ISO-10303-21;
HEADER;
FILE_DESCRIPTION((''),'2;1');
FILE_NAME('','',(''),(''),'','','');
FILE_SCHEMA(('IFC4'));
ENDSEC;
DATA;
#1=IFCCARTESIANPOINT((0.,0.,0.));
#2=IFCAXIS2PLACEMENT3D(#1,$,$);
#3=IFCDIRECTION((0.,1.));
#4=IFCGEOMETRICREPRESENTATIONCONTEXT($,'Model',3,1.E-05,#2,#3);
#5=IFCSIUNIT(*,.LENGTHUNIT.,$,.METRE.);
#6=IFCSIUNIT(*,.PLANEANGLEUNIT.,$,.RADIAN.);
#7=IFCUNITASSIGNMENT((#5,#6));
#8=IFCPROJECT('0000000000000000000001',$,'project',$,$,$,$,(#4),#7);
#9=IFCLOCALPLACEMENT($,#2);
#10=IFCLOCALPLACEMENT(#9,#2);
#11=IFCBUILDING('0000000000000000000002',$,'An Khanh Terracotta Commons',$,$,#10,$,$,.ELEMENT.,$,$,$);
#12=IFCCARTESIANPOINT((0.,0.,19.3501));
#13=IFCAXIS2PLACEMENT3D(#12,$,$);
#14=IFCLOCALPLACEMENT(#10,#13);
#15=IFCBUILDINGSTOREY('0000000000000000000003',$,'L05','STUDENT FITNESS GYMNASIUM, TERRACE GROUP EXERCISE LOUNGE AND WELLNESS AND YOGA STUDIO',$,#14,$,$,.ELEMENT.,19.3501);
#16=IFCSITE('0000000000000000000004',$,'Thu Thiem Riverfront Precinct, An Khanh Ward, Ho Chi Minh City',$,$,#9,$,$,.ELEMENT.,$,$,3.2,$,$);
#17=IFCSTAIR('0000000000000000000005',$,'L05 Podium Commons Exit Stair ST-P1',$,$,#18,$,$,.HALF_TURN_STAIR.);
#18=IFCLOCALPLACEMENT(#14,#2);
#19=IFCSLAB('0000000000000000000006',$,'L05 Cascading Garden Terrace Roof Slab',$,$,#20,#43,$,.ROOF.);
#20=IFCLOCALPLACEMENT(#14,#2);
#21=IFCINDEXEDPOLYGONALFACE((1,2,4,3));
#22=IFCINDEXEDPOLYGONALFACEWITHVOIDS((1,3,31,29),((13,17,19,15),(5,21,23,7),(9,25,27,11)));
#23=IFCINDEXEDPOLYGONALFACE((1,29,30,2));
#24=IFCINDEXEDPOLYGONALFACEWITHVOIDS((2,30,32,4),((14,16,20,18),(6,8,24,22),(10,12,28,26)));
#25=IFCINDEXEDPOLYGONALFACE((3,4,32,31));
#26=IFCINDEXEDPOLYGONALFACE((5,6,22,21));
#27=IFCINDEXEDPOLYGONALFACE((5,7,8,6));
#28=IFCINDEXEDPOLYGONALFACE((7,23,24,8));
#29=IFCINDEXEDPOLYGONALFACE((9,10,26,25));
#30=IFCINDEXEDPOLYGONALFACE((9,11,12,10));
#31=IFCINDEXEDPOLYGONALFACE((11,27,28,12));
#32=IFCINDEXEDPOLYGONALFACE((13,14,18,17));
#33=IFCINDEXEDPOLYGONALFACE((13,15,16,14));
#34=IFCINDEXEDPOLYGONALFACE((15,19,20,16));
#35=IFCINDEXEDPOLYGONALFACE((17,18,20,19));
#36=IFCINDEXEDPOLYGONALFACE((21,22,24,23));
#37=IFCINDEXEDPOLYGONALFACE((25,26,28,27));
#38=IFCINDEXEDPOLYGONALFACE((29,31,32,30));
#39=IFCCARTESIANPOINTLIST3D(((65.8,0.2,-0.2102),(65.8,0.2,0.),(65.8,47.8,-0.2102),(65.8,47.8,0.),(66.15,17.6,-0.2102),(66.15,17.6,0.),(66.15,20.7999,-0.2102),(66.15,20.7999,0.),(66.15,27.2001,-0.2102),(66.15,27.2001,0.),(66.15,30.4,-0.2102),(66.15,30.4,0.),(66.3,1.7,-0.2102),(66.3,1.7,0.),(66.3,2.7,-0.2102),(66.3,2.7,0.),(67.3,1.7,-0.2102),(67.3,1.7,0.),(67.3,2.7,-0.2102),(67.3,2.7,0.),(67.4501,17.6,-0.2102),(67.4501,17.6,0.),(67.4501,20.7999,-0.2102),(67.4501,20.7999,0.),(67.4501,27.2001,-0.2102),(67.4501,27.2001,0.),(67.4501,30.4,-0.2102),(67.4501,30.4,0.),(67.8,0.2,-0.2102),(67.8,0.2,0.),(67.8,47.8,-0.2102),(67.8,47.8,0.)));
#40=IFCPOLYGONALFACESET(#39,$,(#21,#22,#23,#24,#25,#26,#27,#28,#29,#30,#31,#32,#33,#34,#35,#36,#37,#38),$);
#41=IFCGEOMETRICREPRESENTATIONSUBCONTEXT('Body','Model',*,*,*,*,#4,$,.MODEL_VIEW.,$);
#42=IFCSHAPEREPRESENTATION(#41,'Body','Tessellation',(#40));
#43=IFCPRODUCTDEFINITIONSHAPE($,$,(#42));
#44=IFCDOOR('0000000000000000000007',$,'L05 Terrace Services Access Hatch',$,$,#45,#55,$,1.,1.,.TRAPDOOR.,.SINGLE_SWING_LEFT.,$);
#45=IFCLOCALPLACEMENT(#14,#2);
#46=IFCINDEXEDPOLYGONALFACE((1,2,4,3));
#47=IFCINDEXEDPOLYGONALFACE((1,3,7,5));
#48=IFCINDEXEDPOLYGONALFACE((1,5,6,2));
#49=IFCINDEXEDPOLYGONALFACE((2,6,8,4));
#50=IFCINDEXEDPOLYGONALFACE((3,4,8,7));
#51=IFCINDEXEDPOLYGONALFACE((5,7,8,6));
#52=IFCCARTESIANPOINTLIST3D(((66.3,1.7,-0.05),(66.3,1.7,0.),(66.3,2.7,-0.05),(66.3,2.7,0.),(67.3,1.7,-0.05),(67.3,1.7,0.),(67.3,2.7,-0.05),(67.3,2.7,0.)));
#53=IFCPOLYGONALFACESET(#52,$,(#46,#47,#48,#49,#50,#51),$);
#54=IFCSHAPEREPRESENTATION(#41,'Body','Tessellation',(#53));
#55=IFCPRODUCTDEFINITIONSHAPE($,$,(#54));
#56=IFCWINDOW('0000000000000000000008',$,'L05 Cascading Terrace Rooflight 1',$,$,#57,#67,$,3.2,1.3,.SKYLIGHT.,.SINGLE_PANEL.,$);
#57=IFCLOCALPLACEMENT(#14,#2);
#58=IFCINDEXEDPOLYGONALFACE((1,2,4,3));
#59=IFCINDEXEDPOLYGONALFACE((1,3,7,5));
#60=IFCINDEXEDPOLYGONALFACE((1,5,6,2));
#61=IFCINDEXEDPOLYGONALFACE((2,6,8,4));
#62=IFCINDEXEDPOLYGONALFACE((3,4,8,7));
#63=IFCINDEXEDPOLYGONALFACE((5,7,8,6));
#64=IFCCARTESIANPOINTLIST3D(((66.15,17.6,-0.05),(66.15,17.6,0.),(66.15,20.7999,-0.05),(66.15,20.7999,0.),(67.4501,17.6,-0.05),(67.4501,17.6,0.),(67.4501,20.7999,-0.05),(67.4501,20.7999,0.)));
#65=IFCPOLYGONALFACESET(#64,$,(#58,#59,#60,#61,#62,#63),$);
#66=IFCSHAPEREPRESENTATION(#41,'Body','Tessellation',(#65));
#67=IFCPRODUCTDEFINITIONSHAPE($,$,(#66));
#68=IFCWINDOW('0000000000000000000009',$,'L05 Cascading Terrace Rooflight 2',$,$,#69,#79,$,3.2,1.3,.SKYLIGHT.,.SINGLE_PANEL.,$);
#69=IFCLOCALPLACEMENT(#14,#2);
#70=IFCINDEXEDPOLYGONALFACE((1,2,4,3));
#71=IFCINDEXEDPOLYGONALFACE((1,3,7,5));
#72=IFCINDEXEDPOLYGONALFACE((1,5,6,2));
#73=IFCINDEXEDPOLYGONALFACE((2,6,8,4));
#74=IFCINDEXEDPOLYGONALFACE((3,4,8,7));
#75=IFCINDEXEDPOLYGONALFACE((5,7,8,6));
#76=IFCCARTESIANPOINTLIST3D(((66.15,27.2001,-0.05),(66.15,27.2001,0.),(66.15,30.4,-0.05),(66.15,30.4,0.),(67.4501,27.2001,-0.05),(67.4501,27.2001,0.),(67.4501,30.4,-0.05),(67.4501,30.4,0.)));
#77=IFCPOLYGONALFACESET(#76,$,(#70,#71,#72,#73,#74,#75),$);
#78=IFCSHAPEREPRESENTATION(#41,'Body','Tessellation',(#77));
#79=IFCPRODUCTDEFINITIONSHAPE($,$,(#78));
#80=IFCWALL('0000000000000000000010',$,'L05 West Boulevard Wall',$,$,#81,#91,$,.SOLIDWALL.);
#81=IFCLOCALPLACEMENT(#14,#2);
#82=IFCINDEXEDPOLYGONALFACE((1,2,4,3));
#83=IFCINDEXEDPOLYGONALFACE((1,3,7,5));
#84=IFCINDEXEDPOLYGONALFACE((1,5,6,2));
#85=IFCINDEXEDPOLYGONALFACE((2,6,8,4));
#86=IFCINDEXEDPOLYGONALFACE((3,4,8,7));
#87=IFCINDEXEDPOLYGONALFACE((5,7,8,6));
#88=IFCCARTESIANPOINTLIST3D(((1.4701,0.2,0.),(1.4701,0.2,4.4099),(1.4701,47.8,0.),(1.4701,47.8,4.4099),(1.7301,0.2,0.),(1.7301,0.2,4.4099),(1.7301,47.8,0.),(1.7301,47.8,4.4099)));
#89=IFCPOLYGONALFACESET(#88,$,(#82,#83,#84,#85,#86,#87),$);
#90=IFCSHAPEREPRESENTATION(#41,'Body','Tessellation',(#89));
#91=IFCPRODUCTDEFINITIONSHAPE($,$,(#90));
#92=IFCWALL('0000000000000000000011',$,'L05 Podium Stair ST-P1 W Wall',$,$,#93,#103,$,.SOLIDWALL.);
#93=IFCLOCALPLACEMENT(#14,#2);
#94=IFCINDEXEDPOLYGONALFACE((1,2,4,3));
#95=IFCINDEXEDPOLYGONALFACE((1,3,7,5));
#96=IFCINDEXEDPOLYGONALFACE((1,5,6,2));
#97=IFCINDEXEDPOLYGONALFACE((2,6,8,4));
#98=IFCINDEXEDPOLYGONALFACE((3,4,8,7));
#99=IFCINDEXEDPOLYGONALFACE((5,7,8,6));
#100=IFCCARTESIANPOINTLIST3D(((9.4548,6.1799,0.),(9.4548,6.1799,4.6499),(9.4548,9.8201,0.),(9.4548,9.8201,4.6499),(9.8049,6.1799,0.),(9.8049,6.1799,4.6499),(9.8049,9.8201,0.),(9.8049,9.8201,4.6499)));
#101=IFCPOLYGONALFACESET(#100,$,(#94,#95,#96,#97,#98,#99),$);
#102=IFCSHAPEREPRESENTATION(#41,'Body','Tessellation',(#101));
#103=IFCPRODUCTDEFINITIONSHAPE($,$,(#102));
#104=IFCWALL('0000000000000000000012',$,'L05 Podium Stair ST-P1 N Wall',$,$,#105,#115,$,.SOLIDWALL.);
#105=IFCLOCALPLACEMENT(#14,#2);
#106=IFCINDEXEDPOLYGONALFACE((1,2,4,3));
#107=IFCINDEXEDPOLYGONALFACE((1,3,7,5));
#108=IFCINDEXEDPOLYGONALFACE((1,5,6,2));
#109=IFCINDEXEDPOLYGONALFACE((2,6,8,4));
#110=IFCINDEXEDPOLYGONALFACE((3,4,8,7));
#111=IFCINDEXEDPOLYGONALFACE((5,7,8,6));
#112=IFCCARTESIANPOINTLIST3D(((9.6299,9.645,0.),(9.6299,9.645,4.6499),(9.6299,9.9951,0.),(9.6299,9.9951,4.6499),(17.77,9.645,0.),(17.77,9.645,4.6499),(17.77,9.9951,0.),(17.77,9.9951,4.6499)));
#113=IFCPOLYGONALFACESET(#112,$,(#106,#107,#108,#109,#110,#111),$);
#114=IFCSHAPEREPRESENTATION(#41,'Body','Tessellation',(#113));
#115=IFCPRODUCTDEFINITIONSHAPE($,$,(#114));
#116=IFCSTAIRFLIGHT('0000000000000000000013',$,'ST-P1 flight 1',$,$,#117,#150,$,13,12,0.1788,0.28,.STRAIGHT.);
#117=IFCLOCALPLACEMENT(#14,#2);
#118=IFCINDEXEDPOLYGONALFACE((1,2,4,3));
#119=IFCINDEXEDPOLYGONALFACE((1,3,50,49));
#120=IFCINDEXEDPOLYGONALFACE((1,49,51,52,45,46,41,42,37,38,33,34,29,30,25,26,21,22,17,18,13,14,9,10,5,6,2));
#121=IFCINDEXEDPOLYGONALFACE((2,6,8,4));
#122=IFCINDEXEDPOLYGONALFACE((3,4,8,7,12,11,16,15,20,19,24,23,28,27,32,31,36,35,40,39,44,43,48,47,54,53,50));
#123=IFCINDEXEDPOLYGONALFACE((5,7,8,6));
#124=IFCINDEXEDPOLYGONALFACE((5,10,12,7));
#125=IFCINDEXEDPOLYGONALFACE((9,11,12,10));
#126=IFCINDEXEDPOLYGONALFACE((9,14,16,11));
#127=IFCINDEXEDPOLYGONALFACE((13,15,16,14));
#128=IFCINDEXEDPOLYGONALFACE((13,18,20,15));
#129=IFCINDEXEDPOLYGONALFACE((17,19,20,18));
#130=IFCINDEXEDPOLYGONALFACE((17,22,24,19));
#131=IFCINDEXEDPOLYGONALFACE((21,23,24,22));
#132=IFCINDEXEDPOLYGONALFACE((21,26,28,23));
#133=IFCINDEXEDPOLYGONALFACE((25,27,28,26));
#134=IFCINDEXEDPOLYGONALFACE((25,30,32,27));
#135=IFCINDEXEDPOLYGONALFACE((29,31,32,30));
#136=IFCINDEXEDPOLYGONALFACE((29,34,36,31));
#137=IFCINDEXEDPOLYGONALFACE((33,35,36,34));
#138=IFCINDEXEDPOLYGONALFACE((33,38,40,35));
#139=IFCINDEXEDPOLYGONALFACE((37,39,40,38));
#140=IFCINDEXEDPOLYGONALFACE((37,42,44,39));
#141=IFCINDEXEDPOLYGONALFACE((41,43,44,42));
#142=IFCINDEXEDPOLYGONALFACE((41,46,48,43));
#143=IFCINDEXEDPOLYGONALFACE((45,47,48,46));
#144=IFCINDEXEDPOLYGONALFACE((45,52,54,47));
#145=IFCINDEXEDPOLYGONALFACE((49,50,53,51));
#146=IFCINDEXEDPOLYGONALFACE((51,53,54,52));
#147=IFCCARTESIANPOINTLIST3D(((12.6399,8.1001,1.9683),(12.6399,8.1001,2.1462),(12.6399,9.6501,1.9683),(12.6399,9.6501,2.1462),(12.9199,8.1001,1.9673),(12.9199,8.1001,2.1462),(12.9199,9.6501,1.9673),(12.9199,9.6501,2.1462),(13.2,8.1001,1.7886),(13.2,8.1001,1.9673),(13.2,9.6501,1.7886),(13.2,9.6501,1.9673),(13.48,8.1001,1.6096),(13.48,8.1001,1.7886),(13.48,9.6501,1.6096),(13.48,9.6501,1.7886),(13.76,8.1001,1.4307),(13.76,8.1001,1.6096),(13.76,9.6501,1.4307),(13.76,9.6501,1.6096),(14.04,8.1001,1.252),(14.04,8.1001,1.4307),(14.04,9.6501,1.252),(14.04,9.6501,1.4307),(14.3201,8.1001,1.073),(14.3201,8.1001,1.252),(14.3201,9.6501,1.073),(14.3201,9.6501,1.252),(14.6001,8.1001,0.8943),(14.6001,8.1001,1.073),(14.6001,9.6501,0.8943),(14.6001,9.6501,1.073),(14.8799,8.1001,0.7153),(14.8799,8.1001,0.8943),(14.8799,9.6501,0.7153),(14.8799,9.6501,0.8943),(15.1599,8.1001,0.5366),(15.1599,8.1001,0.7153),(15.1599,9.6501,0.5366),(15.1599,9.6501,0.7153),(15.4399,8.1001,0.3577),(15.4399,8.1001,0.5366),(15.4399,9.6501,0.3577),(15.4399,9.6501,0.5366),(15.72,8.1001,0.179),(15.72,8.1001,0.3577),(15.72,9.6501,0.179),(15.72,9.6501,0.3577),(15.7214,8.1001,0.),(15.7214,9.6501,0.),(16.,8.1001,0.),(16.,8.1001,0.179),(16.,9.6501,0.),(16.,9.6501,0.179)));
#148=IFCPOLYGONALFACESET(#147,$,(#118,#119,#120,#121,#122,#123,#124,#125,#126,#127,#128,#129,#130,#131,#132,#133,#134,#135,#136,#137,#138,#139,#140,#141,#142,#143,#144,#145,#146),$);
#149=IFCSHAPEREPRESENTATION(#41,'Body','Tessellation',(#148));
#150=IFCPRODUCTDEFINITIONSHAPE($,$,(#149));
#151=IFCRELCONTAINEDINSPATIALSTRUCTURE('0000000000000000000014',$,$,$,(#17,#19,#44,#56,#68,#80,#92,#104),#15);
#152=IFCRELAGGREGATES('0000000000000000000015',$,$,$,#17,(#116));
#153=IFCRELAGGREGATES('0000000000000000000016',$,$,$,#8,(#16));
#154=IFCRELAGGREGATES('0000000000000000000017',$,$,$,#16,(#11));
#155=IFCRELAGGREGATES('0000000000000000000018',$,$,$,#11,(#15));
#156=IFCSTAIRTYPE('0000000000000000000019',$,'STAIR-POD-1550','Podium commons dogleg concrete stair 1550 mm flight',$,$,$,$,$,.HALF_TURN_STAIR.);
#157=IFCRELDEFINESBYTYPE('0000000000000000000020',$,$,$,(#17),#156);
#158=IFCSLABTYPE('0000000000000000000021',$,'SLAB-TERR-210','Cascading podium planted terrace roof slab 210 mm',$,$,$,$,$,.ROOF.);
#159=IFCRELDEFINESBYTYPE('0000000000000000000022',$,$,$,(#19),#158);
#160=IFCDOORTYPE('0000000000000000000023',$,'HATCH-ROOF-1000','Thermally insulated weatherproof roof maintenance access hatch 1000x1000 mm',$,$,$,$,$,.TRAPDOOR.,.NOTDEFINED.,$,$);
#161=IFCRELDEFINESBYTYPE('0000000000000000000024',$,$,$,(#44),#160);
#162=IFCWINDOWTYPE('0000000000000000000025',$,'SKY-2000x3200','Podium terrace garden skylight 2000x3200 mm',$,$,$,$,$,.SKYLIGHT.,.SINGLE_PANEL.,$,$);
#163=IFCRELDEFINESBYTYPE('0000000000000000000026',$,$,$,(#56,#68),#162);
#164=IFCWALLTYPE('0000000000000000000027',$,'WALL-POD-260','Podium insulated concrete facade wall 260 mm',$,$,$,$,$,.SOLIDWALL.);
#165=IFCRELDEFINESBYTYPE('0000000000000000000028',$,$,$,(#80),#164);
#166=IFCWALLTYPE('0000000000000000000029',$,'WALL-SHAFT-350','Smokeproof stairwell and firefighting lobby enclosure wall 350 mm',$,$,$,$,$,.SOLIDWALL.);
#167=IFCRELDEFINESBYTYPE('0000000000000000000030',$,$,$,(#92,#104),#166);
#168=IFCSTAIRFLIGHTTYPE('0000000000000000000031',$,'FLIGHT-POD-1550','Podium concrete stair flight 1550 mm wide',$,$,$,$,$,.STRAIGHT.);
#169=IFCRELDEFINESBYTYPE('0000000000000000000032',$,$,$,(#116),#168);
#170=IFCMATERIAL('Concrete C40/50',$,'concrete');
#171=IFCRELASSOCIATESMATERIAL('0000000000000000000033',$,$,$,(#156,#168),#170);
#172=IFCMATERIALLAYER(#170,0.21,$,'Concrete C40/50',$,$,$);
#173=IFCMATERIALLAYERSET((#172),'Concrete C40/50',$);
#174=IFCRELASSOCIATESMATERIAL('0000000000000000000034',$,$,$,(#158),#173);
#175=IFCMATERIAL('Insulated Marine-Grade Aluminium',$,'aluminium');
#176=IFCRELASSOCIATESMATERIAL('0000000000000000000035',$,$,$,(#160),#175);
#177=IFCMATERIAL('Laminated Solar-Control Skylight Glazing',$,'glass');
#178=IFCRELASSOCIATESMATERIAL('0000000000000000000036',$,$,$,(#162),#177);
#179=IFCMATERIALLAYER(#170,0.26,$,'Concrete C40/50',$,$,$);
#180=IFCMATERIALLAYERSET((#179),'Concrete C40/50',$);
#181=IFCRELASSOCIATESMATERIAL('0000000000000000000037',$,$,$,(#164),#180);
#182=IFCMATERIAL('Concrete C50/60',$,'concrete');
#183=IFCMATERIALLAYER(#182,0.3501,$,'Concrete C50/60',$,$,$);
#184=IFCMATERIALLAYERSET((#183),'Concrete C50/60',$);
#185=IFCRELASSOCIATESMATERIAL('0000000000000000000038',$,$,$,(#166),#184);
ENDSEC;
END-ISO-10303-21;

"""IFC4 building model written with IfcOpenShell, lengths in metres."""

from ifc_helpers import new_model, si_unit, direction, frame, frame_2d, origin, origin_2d, place, context, subcontext, project, spatial, polyline, rectangle, outline, extrude, material, layer, layer_set, type_object, element, fill, aggregate, save


model = new_model("IFC4")

# Units and contexts
model_context = context("Model", 3, precision=1e-05, world=origin(), true_north=direction((0.0, 1.0)))
body_context = subcontext(model_context, "Body", "Model", "MODEL_VIEW")
ifc_project = project(units=[si_unit("LENGTHUNIT", "METRE"), si_unit("PLANEANGLEUNIT", "RADIAN")], contexts=[model_context])

# Site, building, storey
site_placement = place(None, origin())
site = spatial("IfcSite", under=ifc_project, at=site_placement, Name="Thu Thiem Riverfront Precinct, An Khanh Ward, Ho Chi Minh City", CompositionType="ELEMENT", RefElevation=3.2)
building_placement = place(site_placement, origin())
building = spatial("IfcBuilding", under=site, at=building_placement, Name="An Khanh Terracotta Commons", CompositionType="ELEMENT")
storey_placement = place(building_placement, frame((0.0, 0.0, 19.3501)))
storey = spatial("IfcBuildingStorey", under=building, at=storey_placement, Name="L05", Description="STUDENT FITNESS GYMNASIUM, TERRACE GROUP EXERCISE LOUNGE AND WELLNESS AND YOGA STUDIO", CompositionType="ELEMENT", Elevation=19.3501)

# Shared definitions
ifc_material_1 = material(Name="Concrete C50/60", Category="concrete")

# Shared definitions
ifc_material_2 = material(Name="Concrete C40/50", Category="concrete")

# Stair
stair_type_1 = type_object("IfcStairType", Name="STAIR-POD-1550", Description="Podium commons dogleg concrete stair 1550 mm flight", PredefinedType="HALF_TURN_STAIR", material=ifc_material_2)
stair_1_placement = place(storey_placement, origin())
stair_1 = element("IfcStair", 1, at=stair_1_placement, inside=storey, type_object=stair_type_1, Name="L05 Podium Commons Exit Stair ST-P1", PredefinedType="HALF_TURN_STAIR")

# Slab, openings, door, windows
ifc_layer_1 = layer(ifc_material_2, 0.21, Name="Concrete C40/50")
ifc_layer_set_1 = layer_set([ifc_layer_1], Name="Concrete C40/50")
slab_type_1 = type_object("IfcSlabType", Name="SLAB-TERR-210", Description="Cascading podium planted terrace roof slab 210 mm", PredefinedType="ROOF", material=ifc_layer_set_1)
slab_1_placement = place(storey_placement, frame((0.0, 0.0, -0.2102)))
slab_1 = element("IfcSlab", 2, at=slab_1_placement, inside=storey, type_object=slab_type_1, Name="L05 Cascading Garden Terrace Roof Slab", PredefinedType="ROOF", context=body_context, shape_type="SweptSolid", body=[
    extrude(outline(polyline([(65.8, 0.2), (67.8, 0.2), (67.8, 47.8), (65.8, 47.8), (65.8, 0.2)])), origin(), (0.0, 0.0, 1.0), 0.2102),
])
opening_1_placement = place(slab_1_placement, frame((66.8, 19.2, 0.0)))
opening_1 = element("IfcOpeningElement", 3, at=opening_1_placement, cuts=slab_1, PredefinedType="OPENING", context=body_context, shape_type="SweptSolid", body=[
    extrude(rectangle(XDim=1.3, YDim=3.2, at=origin_2d()), frame((0.0, 0.0, -0.01)), (0.0, 0.0, 1.0), 0.2302),
])
opening_2_placement = place(slab_1_placement, frame((66.8, 28.8, 0.0)))
opening_2 = element("IfcOpeningElement", 4, at=opening_2_placement, cuts=slab_1, PredefinedType="OPENING", context=body_context, shape_type="SweptSolid", body=[
    extrude(rectangle(XDim=1.3, YDim=3.2, at=origin_2d()), frame((0.0, 0.0, -0.01)), (0.0, 0.0, 1.0), 0.2302),
])
opening_3_placement = place(slab_1_placement, frame((66.8, 2.2, 0.0)))
opening_3 = element("IfcOpeningElement", 5, at=opening_3_placement, cuts=slab_1, PredefinedType="OPENING", context=body_context, shape_type="SweptSolid", body=[
    extrude(rectangle(XDim=1.0, YDim=1.0, at=origin_2d()), frame((0.0, 0.0, -0.01)), (0.0, 0.0, 1.0), 0.2302),
])
ifc_material_3 = material(Name="Insulated Marine-Grade Aluminium", Category="aluminium")
door_type = type_object("IfcDoorType", Name="HATCH-ROOF-1000", Description="Thermally insulated weatherproof roof maintenance access hatch 1000x1000 mm", OperationType="NOTDEFINED", PredefinedType="TRAPDOOR", material=ifc_material_3)
door_placement = place(opening_3_placement, frame((0.0, 0.0, 0.1602)))
door = element("IfcDoor", 6, at=door_placement, inside=storey, type_object=door_type, Name="L05 Terrace Services Access Hatch", OperationType="SINGLE_SWING_LEFT", OverallHeight=1.0, OverallWidth=1.0, PredefinedType="TRAPDOOR", context=body_context, shape_type="SweptSolid", body=[
    extrude(rectangle(XDim=1.0, YDim=1.0, at=origin_2d()), origin(), (0.0, 0.0, 1.0), 0.05),
])
fill(opening_3, door)
ifc_material_4 = material(Name="Laminated Solar-Control Skylight Glazing", Category="glass")
window_type = type_object("IfcWindowType", Name="SKY-2000x3200", Description="Podium terrace garden skylight 2000x3200 mm", PartitioningType="SINGLE_PANEL", PredefinedType="SKYLIGHT", material=ifc_material_4)
window_1_placement = place(opening_1_placement, frame((0.0, 0.0, 0.1602)))
window_1 = element("IfcWindow", 7, at=window_1_placement, inside=storey, type_object=window_type, Name="L05 Cascading Terrace Rooflight 1", OverallHeight=3.2, OverallWidth=1.3, PartitioningType="SINGLE_PANEL", PredefinedType="SKYLIGHT", context=body_context, shape_type="SweptSolid", body=[
    extrude(rectangle(XDim=1.3, YDim=3.2, at=origin_2d()), origin(), (0.0, 0.0, 1.0), 0.05),
])
fill(opening_1, window_1)
window_2_placement = place(opening_2_placement, frame((0.0, 0.0, 0.1602)))
window_2 = element("IfcWindow", 8, at=window_2_placement, inside=storey, type_object=window_type, Name="L05 Cascading Terrace Rooflight 2", OverallHeight=3.2, OverallWidth=1.3, PartitioningType="SINGLE_PANEL", PredefinedType="SKYLIGHT", context=body_context, shape_type="SweptSolid", body=[
    extrude(rectangle(XDim=1.3, YDim=3.2, at=origin_2d()), origin(), (0.0, 0.0, 1.0), 0.05),
])
fill(opening_2, window_2)

# Walls
ifc_layer_2 = layer(ifc_material_2, 0.26, Name="Concrete C40/50")
ifc_layer_set_2 = layer_set([ifc_layer_2], Name="Concrete C40/50")
wall_type_1 = type_object("IfcWallType", Name="WALL-POD-260", Description="Podium insulated concrete facade wall 260 mm", PredefinedType="SOLIDWALL", material=ifc_layer_set_2)
wall_1_placement = place(storey_placement, frame((1.6001, 0.2, 0.0), z_axis=(0.0, 0.0, 1.0), x_axis=(0.0, 1.0, 0.0)))
element("IfcWall", 9, at=wall_1_placement, inside=storey, type_object=wall_type_1, Name="L05 West Boulevard Wall", PredefinedType="SOLIDWALL", context=body_context, shape_type="SweptSolid", body=[
    extrude(rectangle(XDim=47.6001, YDim=0.26, at=frame_2d((23.8, 0.0))), origin(), (0.0, 0.0, 1.0), 4.4099),
])
ifc_layer_3 = layer(ifc_material_1, 0.3501, Name="Concrete C50/60")
ifc_layer_set_3 = layer_set([ifc_layer_3], Name="Concrete C50/60")
wall_type_2 = type_object("IfcWallType", Name="WALL-SHAFT-350", Description="Smokeproof stairwell and firefighting lobby enclosure wall 350 mm", PredefinedType="SOLIDWALL", material=ifc_layer_set_3)
wall_2_placement = place(storey_placement, frame((9.6299, 6.1799, 0.0), z_axis=(0.0, 0.0, 1.0), x_axis=(0.0, 1.0, 0.0)))
element("IfcWall", 10, at=wall_2_placement, inside=storey, type_object=wall_type_2, Name="L05 Podium Stair ST-P1 W Wall", PredefinedType="SOLIDWALL", context=body_context, shape_type="SweptSolid", body=[
    extrude(rectangle(XDim=3.6401, YDim=0.3501, at=frame_2d((1.8201, 0.0))), origin(), (0.0, 0.0, 1.0), 4.6499),
])
wall_3_placement = place(storey_placement, frame((9.6299, 9.8201, 0.0), z_axis=(0.0, 0.0, 1.0), x_axis=(1.0, 0.0, 0.0)))
element("IfcWall", 11, at=wall_3_placement, inside=storey, type_object=wall_type_2, Name="L05 Podium Stair ST-P1 N Wall", PredefinedType="SOLIDWALL", context=body_context, shape_type="SweptSolid", body=[
    extrude(rectangle(XDim=8.1401, YDim=0.3501, at=frame_2d((4.0701, 0.0))), origin(), (0.0, 0.0, 1.0), 4.6499),
])

# Stair flight
stair_flight_type = type_object("IfcStairFlightType", Name="FLIGHT-POD-1550", Description="Podium concrete stair flight 1550 mm wide", PredefinedType="STRAIGHT", material=ifc_material_2)
stair_flight_1_placement = place(storey_placement, frame((16.0, 8.875, 0.0), z_axis=(0.0, 0.0, 1.0), x_axis=(-1.0, 0.0, 0.0)))
stair_flight_1 = element("IfcStairFlight", 12, at=stair_flight_1_placement, type_object=stair_flight_type, Name="ST-P1 flight 1", NumberOfRisers=13, NumberOfTreads=12, PredefinedType="STRAIGHT", RiserHeight=0.1788, TreadLength=0.28, context=body_context, shape_type="SweptSolid", body=[
    extrude(outline(polyline([(0.0, 0.0), (0.0, 0.179), (0.28, 0.179), (0.28, 0.3577), (0.5601, 0.3577), (0.5601, 0.5366), (0.8401, 0.5366), (0.8401, 0.7153), (1.1201, 0.7153), (1.1201, 0.8943), (1.3999, 0.8943), (1.3999, 1.073), (1.6799, 1.073), (1.6799, 1.252), (1.96, 1.252), (1.96, 1.4307), (2.24, 1.4307), (2.24, 1.6096), (2.52, 1.6096), (2.52, 1.7886), (2.8, 1.7886), (2.8, 1.9673), (3.0801, 1.9673), (3.0801, 2.1462), (3.3601, 2.1462), (3.3601, 2.325), (3.3601, 1.9683), (0.2786, 0.0), (0.0, 0.0)])), frame((0.0, 0.7749, 0.0), z_axis=(0.0, -1.0, 0.0), x_axis=(1.0, 0.0, 0.0)), (0.0, 0.0, 1.0), 1.55),
])
aggregate(stair_1, [stair_flight_1])

save(model, "model.ifc")
